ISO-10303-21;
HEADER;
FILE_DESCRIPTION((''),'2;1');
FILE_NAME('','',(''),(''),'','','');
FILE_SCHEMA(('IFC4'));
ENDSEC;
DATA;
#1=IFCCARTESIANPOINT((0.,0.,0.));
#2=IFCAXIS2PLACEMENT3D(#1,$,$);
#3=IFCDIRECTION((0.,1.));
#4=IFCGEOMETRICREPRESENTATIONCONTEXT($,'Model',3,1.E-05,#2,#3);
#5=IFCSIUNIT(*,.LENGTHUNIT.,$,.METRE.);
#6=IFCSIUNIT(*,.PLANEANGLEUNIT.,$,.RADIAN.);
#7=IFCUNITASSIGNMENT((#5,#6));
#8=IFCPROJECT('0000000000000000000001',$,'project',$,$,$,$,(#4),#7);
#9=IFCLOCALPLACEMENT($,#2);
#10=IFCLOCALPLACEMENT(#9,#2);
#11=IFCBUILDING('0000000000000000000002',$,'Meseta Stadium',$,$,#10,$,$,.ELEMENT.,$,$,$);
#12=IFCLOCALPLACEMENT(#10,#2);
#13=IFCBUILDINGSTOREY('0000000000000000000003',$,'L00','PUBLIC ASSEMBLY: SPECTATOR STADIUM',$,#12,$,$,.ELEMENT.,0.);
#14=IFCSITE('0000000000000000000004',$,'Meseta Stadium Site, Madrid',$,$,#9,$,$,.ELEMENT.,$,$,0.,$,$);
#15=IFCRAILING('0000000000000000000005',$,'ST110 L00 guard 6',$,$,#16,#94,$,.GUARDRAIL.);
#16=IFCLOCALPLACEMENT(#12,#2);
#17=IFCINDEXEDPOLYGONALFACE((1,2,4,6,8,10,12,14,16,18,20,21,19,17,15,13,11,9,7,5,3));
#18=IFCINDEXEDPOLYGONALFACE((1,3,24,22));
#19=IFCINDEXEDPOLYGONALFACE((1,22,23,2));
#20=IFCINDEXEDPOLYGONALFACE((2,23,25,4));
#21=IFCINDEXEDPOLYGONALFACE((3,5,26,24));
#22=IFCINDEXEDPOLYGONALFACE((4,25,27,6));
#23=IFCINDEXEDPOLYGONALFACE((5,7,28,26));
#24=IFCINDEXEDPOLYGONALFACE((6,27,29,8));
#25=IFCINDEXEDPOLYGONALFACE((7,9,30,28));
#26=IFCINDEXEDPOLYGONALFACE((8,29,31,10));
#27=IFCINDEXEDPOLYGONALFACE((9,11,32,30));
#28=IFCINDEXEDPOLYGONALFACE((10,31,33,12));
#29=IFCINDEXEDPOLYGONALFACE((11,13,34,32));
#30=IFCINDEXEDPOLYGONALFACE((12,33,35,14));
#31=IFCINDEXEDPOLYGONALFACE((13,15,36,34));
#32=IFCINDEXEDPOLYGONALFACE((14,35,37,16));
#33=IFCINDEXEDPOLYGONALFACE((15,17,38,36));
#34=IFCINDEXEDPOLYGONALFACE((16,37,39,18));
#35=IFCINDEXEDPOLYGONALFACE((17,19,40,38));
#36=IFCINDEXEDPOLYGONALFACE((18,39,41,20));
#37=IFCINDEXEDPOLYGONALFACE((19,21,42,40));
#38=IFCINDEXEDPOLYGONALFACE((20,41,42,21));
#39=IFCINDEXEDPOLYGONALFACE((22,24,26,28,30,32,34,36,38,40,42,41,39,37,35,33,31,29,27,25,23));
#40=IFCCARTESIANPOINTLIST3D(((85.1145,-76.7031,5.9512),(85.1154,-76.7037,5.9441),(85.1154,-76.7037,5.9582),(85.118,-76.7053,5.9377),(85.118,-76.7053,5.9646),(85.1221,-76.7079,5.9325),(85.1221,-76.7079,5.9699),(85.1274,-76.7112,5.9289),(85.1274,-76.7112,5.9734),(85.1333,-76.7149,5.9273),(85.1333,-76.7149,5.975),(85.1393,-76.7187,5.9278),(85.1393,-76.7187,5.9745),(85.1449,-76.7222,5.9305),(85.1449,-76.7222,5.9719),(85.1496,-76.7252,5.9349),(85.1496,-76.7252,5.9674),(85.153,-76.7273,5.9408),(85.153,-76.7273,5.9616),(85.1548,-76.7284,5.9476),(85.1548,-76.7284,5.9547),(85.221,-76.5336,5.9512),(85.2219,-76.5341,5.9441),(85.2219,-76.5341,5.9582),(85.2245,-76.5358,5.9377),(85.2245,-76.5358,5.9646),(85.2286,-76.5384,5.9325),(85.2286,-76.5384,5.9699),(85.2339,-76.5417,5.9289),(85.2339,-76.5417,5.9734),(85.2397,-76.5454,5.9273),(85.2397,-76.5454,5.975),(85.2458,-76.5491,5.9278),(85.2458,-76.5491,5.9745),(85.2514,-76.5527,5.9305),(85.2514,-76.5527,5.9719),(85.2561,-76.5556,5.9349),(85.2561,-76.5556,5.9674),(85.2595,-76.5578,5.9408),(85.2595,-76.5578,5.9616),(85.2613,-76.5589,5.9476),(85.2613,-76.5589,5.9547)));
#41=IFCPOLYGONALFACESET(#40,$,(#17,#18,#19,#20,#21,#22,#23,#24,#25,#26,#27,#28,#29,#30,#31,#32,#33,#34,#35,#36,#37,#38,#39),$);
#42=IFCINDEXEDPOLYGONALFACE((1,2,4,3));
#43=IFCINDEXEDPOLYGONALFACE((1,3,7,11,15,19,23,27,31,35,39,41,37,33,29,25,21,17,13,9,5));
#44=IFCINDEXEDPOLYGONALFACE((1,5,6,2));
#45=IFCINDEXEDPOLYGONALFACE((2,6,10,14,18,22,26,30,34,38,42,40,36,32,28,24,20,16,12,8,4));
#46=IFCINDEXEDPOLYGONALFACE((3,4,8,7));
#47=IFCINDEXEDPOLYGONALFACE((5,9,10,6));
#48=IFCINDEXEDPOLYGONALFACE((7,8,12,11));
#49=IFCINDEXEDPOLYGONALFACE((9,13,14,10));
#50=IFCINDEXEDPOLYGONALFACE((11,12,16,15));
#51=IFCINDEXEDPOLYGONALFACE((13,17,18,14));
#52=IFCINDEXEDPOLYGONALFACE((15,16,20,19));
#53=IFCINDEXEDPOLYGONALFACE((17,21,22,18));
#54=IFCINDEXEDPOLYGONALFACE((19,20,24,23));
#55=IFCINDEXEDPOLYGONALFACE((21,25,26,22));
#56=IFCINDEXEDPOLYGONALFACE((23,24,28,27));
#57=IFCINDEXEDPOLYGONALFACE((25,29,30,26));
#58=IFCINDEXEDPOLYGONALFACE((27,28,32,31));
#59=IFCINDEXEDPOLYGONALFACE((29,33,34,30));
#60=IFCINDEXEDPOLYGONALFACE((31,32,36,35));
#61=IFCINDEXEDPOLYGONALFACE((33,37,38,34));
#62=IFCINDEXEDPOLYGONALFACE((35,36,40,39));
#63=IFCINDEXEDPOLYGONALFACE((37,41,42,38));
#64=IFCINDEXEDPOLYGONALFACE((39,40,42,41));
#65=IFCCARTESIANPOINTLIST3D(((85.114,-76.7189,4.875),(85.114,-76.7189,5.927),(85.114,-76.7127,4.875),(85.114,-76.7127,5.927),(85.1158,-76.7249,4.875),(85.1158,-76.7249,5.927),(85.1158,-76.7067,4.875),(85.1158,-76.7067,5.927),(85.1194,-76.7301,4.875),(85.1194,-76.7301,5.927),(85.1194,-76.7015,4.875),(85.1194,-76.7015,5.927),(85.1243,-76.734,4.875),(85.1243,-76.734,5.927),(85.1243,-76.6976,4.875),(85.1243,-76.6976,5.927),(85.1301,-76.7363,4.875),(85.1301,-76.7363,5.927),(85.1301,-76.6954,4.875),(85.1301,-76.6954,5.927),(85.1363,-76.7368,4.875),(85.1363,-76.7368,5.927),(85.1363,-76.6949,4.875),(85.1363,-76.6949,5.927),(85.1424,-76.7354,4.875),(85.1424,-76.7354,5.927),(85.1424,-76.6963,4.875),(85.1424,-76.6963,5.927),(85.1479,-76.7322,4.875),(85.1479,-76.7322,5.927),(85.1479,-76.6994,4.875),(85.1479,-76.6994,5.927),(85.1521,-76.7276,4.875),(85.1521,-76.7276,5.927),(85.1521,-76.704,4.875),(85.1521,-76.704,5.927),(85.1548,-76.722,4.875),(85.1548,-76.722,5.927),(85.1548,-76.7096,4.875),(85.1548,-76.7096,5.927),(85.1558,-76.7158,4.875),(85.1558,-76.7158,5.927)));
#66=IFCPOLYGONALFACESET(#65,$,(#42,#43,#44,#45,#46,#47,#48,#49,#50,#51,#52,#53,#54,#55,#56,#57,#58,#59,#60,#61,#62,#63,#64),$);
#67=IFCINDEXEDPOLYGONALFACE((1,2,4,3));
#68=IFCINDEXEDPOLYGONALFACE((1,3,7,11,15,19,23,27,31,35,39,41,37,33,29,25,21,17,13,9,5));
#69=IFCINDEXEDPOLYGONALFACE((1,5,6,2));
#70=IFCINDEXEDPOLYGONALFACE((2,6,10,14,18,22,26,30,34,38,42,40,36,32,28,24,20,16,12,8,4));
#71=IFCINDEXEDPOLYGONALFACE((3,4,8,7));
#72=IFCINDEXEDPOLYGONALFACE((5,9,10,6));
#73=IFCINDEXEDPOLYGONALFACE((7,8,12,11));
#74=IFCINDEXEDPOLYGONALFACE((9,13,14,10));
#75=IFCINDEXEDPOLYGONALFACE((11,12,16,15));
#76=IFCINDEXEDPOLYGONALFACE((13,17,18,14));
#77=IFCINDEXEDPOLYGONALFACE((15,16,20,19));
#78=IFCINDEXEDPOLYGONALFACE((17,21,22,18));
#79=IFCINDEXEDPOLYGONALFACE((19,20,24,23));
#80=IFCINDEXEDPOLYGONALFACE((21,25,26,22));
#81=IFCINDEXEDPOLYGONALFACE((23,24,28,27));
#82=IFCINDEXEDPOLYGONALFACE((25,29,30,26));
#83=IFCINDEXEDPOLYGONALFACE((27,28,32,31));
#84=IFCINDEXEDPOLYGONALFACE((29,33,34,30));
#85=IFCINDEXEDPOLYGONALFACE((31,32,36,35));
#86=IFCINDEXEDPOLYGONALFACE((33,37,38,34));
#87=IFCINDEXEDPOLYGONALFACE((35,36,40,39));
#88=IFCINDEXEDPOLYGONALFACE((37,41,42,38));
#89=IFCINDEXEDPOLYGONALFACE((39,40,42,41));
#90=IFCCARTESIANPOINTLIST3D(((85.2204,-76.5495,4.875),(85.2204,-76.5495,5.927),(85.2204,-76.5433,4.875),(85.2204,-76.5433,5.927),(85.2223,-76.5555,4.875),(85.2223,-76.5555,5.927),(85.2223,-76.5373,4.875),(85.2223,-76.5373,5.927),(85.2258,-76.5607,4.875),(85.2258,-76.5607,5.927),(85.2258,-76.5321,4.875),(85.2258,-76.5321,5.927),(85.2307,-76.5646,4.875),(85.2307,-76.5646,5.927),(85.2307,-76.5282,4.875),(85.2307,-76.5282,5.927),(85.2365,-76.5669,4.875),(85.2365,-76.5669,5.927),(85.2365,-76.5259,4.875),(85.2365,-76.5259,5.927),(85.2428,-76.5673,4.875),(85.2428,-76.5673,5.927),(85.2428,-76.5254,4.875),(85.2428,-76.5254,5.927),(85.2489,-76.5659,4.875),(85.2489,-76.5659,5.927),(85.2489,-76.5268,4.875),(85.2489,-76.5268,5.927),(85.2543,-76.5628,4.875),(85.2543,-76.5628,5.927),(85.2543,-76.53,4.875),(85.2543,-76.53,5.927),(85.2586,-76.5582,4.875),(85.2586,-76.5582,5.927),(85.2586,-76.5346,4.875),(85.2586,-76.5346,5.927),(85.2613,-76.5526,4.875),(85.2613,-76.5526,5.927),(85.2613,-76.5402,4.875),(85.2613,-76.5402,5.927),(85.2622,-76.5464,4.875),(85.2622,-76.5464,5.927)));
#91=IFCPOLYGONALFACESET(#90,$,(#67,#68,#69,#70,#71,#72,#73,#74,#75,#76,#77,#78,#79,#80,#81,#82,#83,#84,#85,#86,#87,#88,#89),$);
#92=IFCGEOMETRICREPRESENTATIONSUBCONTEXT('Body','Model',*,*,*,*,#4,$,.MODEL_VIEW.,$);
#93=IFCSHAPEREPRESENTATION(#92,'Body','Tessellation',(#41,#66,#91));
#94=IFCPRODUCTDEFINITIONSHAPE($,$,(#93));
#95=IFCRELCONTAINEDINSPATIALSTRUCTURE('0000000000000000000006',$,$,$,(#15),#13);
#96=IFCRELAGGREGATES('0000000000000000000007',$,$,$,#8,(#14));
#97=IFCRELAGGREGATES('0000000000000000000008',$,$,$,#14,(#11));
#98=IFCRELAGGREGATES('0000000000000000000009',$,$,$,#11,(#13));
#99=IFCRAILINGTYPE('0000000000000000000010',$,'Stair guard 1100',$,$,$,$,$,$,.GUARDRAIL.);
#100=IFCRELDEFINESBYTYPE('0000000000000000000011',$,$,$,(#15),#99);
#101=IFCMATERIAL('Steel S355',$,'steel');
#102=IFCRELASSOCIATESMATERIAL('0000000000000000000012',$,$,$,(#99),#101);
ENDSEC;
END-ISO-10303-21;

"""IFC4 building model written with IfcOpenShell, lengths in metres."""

from ifc_helpers import new_model, si_unit, direction, frame, origin, origin_2d, place, context, subcontext, project, spatial, circle, extrude, material, type_object, element, save


model = new_model("IFC4")

# Units and contexts
model_context = context("Model", 3, precision=1e-05, world=origin(), true_north=direction((0.0, 1.0)))
body_context = subcontext(model_context, "Body", "Model", "MODEL_VIEW")
ifc_project = project(units=[si_unit("LENGTHUNIT", "METRE"), si_unit("PLANEANGLEUNIT", "RADIAN")], contexts=[model_context])

# Site, building, storey
site_placement = place(None, origin())
site = spatial("IfcSite", under=ifc_project, at=site_placement, Name="Meseta Stadium Site, Madrid", CompositionType="ELEMENT", RefElevation=0.0)
building_placement = place(site_placement, origin())
building = spatial("IfcBuilding", under=site, at=building_placement, Name="Meseta Stadium", CompositionType="ELEMENT")
storey_placement = place(building_placement, origin())
storey = spatial("IfcBuildingStorey", under=building, at=storey_placement, Name="L00", Description="PUBLIC ASSEMBLY: SPECTATOR STADIUM", CompositionType="ELEMENT", Elevation=0.0)

# Railing
ifc_material_1 = material(Name="Steel S355", Category="steel")
railing_type_1 = type_object("IfcRailingType", Name="Stair guard 1100", PredefinedType="GUARDRAIL", material=ifc_material_1)
railing_1_placement = place(storey_placement, frame((85.1348, -76.7158, 4.875)))
element("IfcRailing", 1, at=railing_1_placement, inside=storey, type_object=railing_type_1, Name="ST110 L00 guard 6", PredefinedType="GUARDRAIL", context=body_context, shape_type="SweptSolid", body=[
    extrude(circle(Radius=0.0239, at=origin_2d()), frame((0.0, 0.0, 1.0762), z_axis=(0.531972, 0.846762, 0.0), x_axis=(-0.846762, 0.531972, 0.0)), (0.0, 0.0, 1.0), 0.2002),
    extrude(circle(Radius=0.021, at=origin_2d()), origin(), (0.0, 0.0, 1.0), 1.052),
    extrude(circle(Radius=0.021, at=origin_2d()), frame((0.1064, 0.1694, 0.0)), (0.0, 0.0, 1.0), 1.052),
])

save(model, "model.ifc")
